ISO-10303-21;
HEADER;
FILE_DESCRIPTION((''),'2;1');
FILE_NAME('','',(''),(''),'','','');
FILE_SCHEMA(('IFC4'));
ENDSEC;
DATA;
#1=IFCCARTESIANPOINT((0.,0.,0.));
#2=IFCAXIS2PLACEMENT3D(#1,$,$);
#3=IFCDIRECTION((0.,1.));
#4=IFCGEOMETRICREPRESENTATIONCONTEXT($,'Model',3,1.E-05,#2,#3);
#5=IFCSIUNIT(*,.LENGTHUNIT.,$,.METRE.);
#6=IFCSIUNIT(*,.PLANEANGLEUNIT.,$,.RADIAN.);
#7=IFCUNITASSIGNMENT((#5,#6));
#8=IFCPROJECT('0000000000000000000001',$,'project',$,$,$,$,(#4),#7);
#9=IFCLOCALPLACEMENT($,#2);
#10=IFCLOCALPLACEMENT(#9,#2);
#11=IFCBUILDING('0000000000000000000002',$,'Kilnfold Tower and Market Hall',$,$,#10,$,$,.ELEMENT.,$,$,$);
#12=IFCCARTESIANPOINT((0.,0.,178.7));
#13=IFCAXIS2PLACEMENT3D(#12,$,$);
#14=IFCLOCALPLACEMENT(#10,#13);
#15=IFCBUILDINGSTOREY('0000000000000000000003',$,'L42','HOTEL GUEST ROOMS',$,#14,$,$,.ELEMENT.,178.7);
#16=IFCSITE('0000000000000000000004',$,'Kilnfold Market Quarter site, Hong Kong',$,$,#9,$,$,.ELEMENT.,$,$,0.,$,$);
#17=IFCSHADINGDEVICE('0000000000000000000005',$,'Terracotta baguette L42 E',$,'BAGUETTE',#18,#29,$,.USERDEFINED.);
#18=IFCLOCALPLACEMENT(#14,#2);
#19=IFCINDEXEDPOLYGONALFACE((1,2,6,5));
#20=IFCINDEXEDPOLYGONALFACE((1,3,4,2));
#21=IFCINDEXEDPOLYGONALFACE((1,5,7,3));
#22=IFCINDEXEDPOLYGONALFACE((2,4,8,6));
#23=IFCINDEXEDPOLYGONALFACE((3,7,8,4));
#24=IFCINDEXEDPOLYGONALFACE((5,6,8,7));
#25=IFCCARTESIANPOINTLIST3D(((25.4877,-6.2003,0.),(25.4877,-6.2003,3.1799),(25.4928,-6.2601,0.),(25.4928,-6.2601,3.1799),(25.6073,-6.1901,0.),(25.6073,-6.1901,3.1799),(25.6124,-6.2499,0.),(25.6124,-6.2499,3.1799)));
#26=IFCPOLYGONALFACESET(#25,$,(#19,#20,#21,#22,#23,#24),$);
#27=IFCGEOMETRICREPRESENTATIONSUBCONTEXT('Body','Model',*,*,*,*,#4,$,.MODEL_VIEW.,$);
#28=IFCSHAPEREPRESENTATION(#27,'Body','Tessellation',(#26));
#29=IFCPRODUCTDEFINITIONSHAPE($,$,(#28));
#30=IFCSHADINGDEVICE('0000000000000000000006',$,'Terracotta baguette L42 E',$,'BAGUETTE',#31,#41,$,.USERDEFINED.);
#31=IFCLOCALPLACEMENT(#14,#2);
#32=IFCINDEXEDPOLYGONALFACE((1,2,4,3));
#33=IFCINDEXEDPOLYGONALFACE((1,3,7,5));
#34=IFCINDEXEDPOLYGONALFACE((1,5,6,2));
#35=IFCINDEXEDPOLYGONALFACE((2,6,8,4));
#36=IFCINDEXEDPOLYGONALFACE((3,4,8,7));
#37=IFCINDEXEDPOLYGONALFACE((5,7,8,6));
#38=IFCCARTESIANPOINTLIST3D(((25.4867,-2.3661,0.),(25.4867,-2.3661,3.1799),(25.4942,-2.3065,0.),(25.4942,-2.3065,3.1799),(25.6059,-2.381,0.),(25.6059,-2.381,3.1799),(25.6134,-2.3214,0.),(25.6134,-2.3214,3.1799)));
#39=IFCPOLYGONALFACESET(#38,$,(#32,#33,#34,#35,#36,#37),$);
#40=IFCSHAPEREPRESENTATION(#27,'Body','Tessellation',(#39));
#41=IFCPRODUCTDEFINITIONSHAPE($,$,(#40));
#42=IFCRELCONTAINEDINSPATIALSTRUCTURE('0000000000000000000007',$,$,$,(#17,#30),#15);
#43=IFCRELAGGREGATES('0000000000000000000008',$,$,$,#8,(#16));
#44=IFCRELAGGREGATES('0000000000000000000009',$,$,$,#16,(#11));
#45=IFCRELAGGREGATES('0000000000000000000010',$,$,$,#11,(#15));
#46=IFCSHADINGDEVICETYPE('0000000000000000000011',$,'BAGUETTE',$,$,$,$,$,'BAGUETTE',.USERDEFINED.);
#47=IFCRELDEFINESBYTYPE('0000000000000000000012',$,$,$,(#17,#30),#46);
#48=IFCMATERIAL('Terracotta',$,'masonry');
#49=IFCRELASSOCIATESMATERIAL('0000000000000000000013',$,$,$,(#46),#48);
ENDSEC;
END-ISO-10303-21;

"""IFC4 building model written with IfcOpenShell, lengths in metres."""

from ifc_helpers import new_model, si_unit, direction, frame, origin, origin_2d, place, context, subcontext, project, spatial, rectangle, extrude, source, transform, mapped, material, material_profile, profile_set, type_object, element, save


model = new_model("IFC4")

# Units and contexts
model_context = context("Model", 3, precision=1e-05, world=origin(), true_north=direction((0.0, 1.0)))
body_context = subcontext(model_context, "Body", "Model", "MODEL_VIEW")
ifc_project = project(units=[si_unit("LENGTHUNIT", "METRE"), si_unit("PLANEANGLEUNIT", "RADIAN")], contexts=[model_context])

# Site, building, storey
site_placement = place(None, origin())
site = spatial("IfcSite", under=ifc_project, at=site_placement, Name="Kilnfold Market Quarter site, Hong Kong", CompositionType="ELEMENT", RefElevation=0.0)
building_placement = place(site_placement, origin())
building = spatial("IfcBuilding", under=site, at=building_placement, Name="Kilnfold Tower and Market Hall", CompositionType="ELEMENT")
storey_placement = place(building_placement, frame((0.0, 0.0, 178.7)))
storey = spatial("IfcBuildingStorey", under=building, at=storey_placement, Name="L42", Description="HOTEL GUEST ROOMS", CompositionType="ELEMENT", Elevation=178.7)

# Shading devices
ifc_material_1 = material(Name="Terracotta", Category="masonry")
ifc_material_profile_1 = material_profile(ifc_material_1, rectangle(XDim=0.0601, YDim=0.1201, at=origin_2d()), Name="BAG 60x120")
ifc_profile_set_1 = profile_set([ifc_material_profile_1], Name="Terracotta")
shading_device_type = type_object("IfcShadingDeviceType", Name="BAGUETTE", ElementType="BAGUETTE", PredefinedType="USERDEFINED", material=ifc_profile_set_1)
shared_shape_1 = source(origin(), body_context, "Body", "SweptSolid", [
    extrude(rectangle(XDim=0.0601, YDim=0.1201, at=origin_2d()), origin(), (0.0, 0.0, 1.0), 3.1799),
])
for number, where, z_axis, x_axis, name in (
    (1, (25.55, -6.2251, 0.0), (0.0, 0.0, 1.0), (-0.084843, 0.996394, 0.0), "Terracotta baguette L42 E"),
    (2, (25.55, -2.3438, 0.0), (0.0, 0.0, 1.0), (0.123343, 0.992364, 0.0), "Terracotta baguette L42 E"),
):
    element("IfcShadingDevice", number, at=place(storey_placement, frame(where, z_axis=z_axis, x_axis=x_axis)), inside=storey, type_object=shading_device_type, Name=name, ObjectType="BAGUETTE", PredefinedType="USERDEFINED", context=body_context, shape_type="MappedRepresentation", body=[
        mapped(shared_shape_1, transform((0.0, 0.0, 0.0))),
    ])

save(model, "model.ifc")
